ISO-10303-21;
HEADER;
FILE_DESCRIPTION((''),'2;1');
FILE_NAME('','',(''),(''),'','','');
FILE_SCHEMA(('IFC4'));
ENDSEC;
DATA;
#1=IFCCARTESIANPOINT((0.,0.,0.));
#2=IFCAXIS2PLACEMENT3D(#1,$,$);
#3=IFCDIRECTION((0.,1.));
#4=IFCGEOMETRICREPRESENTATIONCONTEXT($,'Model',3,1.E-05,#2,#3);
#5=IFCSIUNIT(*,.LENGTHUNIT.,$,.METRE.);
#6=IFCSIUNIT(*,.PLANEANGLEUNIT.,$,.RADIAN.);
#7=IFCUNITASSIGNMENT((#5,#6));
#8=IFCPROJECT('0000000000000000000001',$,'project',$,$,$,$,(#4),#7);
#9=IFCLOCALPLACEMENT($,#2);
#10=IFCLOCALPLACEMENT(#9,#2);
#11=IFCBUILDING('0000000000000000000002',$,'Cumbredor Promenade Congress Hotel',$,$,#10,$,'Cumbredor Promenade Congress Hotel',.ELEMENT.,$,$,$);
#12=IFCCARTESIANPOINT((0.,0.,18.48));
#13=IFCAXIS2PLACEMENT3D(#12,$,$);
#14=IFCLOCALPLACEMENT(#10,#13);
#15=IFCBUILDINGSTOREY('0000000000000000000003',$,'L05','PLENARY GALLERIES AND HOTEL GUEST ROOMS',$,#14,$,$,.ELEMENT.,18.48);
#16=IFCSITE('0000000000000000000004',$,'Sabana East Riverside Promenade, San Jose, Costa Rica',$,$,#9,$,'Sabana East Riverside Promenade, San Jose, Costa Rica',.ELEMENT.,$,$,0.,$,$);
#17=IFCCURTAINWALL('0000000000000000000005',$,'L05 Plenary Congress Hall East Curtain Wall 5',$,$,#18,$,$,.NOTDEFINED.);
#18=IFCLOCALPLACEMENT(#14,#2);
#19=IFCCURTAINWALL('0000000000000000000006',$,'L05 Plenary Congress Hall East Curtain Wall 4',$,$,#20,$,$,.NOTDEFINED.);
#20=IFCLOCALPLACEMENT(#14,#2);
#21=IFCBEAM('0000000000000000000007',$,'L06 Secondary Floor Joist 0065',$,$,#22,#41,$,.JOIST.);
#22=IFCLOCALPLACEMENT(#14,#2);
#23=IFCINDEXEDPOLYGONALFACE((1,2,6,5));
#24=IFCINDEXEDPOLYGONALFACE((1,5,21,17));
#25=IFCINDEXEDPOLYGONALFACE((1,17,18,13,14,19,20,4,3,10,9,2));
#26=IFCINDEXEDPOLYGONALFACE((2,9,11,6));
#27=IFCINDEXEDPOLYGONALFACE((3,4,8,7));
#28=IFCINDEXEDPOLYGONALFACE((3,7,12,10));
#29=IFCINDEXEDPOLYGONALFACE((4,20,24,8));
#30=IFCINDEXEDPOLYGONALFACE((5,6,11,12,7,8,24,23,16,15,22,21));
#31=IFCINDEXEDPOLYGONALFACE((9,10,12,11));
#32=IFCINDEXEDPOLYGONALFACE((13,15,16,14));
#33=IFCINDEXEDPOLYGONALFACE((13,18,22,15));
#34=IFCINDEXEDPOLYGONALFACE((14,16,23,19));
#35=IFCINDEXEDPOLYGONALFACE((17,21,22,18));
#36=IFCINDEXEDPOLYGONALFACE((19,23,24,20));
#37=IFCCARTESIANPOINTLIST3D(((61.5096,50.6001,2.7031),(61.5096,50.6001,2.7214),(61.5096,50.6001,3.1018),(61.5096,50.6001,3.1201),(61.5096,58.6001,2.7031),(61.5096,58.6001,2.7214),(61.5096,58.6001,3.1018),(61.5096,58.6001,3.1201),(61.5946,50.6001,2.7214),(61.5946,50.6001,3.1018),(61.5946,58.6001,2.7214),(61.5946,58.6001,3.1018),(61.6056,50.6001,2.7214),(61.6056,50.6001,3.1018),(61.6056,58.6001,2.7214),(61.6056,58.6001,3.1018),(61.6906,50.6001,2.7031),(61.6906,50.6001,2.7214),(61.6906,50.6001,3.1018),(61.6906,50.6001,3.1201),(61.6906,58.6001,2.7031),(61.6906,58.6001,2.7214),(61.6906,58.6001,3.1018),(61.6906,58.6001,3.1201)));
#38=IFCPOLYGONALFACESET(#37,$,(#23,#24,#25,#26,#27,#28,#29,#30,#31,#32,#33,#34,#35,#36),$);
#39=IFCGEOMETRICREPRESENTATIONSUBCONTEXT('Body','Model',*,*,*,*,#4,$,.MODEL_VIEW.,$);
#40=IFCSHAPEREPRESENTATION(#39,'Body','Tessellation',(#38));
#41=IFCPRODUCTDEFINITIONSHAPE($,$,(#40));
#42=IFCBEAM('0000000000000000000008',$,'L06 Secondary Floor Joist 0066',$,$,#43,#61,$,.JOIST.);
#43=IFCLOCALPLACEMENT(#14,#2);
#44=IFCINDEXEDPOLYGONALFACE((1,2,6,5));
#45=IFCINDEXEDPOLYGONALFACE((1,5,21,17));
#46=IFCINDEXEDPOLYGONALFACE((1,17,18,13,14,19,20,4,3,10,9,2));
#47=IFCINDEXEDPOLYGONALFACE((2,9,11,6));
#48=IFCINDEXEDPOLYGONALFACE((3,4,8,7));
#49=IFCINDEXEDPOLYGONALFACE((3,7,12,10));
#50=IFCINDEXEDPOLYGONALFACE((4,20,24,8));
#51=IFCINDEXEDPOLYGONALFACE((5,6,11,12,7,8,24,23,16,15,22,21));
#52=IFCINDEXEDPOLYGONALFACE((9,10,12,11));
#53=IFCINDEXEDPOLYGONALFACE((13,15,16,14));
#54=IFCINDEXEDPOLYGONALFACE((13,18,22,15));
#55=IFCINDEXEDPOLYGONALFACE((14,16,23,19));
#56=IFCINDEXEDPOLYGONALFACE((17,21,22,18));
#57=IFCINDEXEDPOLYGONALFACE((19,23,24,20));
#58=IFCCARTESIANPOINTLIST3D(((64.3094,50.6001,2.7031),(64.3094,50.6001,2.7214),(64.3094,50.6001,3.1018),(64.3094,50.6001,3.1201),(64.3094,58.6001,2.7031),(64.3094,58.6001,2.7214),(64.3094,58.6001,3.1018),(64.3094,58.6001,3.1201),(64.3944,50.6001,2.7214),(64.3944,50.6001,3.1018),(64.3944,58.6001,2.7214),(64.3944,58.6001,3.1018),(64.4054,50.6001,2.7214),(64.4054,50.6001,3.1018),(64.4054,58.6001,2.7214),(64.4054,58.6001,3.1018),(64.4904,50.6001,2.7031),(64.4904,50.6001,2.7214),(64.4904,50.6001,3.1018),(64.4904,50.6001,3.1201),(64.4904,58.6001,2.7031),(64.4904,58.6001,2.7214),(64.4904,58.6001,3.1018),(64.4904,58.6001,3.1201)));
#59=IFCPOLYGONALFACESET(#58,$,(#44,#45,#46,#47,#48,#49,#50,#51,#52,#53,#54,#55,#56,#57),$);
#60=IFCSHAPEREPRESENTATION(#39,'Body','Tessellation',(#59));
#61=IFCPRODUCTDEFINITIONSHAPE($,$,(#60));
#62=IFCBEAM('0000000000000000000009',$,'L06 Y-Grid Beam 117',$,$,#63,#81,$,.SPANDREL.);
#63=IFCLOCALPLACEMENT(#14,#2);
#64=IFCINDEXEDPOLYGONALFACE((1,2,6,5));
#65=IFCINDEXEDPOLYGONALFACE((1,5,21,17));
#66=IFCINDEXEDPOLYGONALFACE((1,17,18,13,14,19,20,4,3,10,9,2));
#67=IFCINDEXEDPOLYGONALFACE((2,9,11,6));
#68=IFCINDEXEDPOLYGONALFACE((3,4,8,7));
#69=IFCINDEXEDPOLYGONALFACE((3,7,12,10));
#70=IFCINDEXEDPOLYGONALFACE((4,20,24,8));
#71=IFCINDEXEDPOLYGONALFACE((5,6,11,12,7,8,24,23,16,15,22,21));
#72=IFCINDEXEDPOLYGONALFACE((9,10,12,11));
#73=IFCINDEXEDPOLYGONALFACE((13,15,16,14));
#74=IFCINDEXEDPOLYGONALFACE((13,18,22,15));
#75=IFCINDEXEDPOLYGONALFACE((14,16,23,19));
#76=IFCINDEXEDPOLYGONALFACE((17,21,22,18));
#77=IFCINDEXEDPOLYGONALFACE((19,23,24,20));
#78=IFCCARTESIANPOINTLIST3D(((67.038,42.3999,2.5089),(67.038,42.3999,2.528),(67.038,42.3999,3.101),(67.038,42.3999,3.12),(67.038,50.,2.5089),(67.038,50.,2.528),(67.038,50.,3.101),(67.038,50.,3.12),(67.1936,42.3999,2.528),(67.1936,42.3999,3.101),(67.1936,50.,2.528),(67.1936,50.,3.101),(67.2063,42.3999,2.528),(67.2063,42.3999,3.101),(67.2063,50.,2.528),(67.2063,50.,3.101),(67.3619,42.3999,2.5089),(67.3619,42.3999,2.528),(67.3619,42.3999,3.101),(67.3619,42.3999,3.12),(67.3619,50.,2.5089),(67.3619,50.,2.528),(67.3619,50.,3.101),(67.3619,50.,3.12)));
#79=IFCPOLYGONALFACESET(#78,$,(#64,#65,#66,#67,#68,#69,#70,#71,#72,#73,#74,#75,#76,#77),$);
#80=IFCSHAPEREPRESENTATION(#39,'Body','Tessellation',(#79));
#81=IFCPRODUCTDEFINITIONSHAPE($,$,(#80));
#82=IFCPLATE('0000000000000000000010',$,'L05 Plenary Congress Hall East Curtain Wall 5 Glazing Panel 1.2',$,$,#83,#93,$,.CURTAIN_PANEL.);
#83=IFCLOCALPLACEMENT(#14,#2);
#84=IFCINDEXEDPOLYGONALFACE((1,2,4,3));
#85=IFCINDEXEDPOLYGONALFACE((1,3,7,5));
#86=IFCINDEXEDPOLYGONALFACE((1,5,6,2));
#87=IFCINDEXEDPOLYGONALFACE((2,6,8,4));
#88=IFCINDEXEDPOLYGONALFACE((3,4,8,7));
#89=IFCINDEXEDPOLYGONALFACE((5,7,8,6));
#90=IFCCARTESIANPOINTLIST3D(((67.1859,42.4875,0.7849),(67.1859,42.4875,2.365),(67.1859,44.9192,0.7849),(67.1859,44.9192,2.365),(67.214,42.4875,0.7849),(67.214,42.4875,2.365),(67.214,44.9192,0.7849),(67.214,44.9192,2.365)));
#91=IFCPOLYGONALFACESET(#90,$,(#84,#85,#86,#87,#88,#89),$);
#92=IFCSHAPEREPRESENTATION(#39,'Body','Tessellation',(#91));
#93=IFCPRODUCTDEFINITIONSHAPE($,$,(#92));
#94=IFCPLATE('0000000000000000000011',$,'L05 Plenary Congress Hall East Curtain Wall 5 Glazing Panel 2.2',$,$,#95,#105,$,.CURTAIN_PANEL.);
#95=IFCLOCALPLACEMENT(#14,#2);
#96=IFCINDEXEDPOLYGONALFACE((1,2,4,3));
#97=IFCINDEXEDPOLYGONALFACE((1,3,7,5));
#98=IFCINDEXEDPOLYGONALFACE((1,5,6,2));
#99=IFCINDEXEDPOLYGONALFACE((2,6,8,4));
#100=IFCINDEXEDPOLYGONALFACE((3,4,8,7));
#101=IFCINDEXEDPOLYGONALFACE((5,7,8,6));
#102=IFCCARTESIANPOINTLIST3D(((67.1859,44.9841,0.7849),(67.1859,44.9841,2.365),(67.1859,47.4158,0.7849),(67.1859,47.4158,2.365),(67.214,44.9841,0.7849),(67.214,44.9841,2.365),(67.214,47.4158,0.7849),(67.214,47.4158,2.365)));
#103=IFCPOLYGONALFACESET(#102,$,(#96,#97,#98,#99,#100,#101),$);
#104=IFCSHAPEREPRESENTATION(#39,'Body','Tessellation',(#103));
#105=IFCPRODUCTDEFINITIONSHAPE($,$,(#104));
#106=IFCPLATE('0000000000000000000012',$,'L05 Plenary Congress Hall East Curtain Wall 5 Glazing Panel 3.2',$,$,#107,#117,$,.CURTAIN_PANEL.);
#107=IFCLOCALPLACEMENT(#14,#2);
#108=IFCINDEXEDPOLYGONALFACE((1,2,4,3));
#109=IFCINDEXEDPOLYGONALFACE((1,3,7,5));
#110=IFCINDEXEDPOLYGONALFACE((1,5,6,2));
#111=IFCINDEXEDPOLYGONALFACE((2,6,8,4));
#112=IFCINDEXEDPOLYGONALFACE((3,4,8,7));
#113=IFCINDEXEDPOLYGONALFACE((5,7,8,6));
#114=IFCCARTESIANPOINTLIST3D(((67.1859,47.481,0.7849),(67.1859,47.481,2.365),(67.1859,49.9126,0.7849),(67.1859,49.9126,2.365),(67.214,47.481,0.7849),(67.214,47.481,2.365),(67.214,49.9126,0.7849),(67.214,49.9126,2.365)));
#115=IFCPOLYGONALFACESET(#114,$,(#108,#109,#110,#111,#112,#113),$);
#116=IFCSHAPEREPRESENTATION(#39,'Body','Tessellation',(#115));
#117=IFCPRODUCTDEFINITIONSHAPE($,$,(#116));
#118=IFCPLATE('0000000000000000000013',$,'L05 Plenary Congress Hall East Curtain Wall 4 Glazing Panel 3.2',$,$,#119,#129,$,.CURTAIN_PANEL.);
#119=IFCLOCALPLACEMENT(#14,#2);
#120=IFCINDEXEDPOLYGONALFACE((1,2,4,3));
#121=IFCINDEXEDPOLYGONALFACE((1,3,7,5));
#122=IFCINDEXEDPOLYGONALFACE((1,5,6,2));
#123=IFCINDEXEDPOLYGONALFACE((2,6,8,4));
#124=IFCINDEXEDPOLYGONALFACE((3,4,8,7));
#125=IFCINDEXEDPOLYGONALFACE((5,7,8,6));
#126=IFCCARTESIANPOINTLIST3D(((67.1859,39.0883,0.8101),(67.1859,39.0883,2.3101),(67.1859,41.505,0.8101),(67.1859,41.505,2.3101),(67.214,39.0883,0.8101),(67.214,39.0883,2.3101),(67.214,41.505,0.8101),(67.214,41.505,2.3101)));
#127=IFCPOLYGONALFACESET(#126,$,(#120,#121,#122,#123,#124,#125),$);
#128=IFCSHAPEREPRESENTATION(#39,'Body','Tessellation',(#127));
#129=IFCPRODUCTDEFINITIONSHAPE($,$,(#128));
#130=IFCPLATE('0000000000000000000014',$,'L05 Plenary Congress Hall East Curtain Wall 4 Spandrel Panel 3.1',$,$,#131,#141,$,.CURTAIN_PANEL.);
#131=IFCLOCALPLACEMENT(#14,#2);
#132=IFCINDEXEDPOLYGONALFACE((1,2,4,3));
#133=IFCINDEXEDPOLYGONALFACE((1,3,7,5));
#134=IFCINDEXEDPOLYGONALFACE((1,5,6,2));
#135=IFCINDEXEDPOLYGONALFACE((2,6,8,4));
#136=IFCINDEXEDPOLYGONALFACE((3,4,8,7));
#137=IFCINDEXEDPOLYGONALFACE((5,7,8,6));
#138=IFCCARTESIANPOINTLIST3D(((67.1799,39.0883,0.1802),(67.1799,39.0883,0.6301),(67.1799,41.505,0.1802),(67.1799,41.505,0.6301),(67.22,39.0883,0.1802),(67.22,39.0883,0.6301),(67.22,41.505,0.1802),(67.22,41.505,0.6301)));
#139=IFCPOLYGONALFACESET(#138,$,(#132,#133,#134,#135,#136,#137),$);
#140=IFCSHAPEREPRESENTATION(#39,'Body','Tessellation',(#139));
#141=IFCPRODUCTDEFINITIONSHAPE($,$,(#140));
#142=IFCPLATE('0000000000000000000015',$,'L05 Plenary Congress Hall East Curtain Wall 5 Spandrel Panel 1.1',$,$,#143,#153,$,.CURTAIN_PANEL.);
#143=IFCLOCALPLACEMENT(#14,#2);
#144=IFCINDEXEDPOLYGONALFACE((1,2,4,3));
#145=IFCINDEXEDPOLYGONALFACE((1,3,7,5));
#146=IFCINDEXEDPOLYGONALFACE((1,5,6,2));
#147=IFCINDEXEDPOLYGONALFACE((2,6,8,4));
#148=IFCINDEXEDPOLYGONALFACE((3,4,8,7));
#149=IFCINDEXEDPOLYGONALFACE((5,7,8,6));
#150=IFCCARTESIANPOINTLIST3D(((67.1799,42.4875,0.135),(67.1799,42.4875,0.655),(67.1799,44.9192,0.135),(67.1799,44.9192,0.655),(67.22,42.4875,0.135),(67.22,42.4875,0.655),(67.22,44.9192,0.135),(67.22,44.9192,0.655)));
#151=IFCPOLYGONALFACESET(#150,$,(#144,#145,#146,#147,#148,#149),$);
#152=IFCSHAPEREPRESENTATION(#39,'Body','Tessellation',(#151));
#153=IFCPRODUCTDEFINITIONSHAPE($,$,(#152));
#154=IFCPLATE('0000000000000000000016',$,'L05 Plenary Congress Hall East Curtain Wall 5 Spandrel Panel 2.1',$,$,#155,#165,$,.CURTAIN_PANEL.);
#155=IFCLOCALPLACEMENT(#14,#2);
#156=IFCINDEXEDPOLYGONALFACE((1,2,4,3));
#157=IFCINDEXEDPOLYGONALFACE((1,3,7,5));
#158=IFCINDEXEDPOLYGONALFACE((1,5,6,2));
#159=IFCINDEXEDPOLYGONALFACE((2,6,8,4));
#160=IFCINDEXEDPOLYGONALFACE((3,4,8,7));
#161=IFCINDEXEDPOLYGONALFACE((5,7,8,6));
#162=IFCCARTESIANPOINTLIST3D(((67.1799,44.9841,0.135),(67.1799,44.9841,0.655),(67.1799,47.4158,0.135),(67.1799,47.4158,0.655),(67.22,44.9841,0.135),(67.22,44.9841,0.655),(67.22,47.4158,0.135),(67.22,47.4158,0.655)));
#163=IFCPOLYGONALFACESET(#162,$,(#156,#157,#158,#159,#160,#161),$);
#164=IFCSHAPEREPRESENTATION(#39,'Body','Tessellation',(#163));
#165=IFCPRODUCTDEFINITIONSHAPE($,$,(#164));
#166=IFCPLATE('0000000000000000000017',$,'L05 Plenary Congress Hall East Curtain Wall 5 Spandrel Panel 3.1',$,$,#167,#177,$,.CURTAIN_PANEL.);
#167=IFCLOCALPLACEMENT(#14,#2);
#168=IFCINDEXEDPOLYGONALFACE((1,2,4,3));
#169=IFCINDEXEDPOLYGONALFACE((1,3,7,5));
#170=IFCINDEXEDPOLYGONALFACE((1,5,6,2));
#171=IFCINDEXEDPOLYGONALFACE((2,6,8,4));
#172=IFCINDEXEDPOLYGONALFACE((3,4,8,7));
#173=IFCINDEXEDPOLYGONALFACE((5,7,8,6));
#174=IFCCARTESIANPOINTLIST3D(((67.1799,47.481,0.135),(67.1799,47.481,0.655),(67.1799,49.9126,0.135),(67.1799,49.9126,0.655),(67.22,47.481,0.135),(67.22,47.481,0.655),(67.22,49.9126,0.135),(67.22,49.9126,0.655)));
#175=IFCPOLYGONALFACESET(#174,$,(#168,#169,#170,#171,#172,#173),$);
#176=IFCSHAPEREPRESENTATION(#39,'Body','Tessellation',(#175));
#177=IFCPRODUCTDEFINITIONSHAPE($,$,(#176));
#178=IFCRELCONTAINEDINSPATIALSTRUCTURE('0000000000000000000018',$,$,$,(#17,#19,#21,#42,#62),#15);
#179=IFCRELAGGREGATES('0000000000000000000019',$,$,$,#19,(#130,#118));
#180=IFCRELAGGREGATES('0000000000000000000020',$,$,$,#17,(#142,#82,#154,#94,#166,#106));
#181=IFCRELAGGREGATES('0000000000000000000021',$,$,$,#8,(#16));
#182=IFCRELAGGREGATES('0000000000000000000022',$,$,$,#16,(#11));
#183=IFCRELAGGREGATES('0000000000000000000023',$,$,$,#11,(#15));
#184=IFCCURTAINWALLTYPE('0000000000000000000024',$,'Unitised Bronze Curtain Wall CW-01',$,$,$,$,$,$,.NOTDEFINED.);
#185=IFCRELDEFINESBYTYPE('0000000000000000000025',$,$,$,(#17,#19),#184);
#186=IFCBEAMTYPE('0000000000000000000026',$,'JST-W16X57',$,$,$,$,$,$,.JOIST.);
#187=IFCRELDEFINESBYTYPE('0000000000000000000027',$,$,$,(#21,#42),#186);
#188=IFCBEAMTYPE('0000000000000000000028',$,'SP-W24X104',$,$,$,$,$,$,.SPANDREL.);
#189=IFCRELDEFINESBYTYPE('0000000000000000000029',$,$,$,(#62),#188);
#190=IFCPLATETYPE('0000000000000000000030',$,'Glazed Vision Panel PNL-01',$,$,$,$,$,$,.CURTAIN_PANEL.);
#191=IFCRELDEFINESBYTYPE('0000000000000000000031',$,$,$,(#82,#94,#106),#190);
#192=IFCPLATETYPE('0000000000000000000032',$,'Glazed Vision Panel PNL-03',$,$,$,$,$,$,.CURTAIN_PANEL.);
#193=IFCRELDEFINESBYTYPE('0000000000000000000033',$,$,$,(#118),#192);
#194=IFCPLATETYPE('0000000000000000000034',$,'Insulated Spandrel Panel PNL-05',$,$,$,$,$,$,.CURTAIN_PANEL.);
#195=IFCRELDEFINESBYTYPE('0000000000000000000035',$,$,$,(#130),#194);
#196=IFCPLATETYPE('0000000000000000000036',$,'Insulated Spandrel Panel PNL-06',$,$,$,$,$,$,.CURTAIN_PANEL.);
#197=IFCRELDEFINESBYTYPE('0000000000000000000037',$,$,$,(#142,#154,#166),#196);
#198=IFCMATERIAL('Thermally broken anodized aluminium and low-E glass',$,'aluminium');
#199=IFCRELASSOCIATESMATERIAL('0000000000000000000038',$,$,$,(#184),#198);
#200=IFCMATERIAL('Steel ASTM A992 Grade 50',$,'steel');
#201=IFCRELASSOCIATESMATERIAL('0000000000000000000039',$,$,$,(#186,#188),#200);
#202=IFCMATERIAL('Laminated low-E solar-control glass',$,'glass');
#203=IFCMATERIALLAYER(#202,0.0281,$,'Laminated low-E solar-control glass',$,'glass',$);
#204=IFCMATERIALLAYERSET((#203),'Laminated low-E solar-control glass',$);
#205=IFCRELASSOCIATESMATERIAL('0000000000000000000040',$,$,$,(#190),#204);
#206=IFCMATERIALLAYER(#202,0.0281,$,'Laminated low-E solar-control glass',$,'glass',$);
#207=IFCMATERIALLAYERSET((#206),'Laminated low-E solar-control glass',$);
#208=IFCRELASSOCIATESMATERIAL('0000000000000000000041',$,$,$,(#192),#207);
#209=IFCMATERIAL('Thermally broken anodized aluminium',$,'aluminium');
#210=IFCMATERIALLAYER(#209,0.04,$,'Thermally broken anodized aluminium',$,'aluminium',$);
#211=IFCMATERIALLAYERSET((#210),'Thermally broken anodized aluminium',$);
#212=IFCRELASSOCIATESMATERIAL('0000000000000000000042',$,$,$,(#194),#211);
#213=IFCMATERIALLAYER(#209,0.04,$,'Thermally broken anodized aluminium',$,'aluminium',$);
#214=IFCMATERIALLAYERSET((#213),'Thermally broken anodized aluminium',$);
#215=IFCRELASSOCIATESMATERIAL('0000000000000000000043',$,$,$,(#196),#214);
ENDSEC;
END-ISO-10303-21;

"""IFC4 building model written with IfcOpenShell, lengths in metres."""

from ifc_helpers import new_model, si_unit, direction, frame, origin, origin_2d, place, context, subcontext, project, spatial, rectangle, i_section, extrude, material, layer, layer_set, material_profile, profile_set, type_object, element, aggregate, save


model = new_model("IFC4")

# Units and contexts
model_context = context("Model", 3, precision=1e-05, world=origin(), true_north=direction((0.0, 1.0)))
body_context = subcontext(model_context, "Body", "Model", "MODEL_VIEW")
ifc_project = project(units=[si_unit("LENGTHUNIT", "METRE"), si_unit("PLANEANGLEUNIT", "RADIAN")], contexts=[model_context])

# Site, building, storey
site_placement = place(None, origin())
site = spatial("IfcSite", under=ifc_project, at=site_placement, Name="Sabana East Riverside Promenade, San Jose, Costa Rica", LongName="Sabana East Riverside Promenade, San Jose, Costa Rica", CompositionType="ELEMENT", RefElevation=0.0)
building_placement = place(site_placement, origin())
building = spatial("IfcBuilding", under=site, at=building_placement, Name="Cumbredor Promenade Congress Hotel", LongName="Cumbredor Promenade Congress Hotel", CompositionType="ELEMENT")
storey_placement = place(building_placement, frame((0.0, 0.0, 18.48)))
storey = spatial("IfcBuildingStorey", under=building, at=storey_placement, Name="L05", Description="PLENARY GALLERIES AND HOTEL GUEST ROOMS", CompositionType="ELEMENT", Elevation=18.48)

# Curtain walls
ifc_material_1 = material(Name="Thermally broken anodized aluminium and low-E glass", Category="aluminium")
curtain_wall_type = type_object("IfcCurtainWallType", Name="Unitised Bronze Curtain Wall CW-01", PredefinedType="NOTDEFINED", material=ifc_material_1)
curtain_wall_1_placement = place(storey_placement, origin())
curtain_wall_1 = element("IfcCurtainWall", 1, at=curtain_wall_1_placement, inside=storey, type_object=curtain_wall_type, Name="L05 Plenary Congress Hall East Curtain Wall 5", PredefinedType="NOTDEFINED")
ifc_material_2 = material(Name="Thermally broken anodized aluminium", Category="aluminium")
curtain_wall_2_placement = place(storey_placement, origin())
curtain_wall_2 = element("IfcCurtainWall", 2, at=curtain_wall_2_placement, inside=storey, type_object=curtain_wall_type, Name="L05 Plenary Congress Hall East Curtain Wall 4", PredefinedType="NOTDEFINED")

# Beams
ifc_material_3 = material(Name="Steel ASTM A992 Grade 50", Category="steel")
ifc_material_profile_1 = material_profile(ifc_material_3, i_section(OverallWidth=0.1809, OverallDepth=0.417, WebThickness=0.011, FlangeThickness=0.0183, at=origin_2d()), Name="W16X57")
ifc_profile_set_1 = profile_set([ifc_material_profile_1], Name="Steel ASTM A992 Grade 50")
beam_type_1 = type_object("IfcBeamType", Name="JST-W16X57", PredefinedType="JOIST", material=ifc_profile_set_1)
for number, where, z_axis, x_axis, name in (
    (3, (61.6001, 50.6001, 2.9116), (0.0, 1.0, 0.0), (-1.0, 0.0, 0.0), "L06 Secondary Floor Joist 0065"),
    (4, (64.3999, 50.6001, 2.9116), (0.0, 1.0, 0.0), (-1.0, 0.0, 0.0), "L06 Secondary Floor Joist 0066"),
):
    element("IfcBeam", number, at=place(storey_placement, frame(where, z_axis=z_axis, x_axis=x_axis)), inside=storey, type_object=beam_type_1, Name=name, PredefinedType="JOIST", context=body_context, shape_type="SweptSolid", body=[
        extrude(i_section(OverallWidth=0.1809, OverallDepth=0.417, WebThickness=0.011, FlangeThickness=0.0183, at=origin_2d()), origin(), (0.0, 0.0, 1.0), 8.0),
    ])
ifc_material_profile_2 = material_profile(ifc_material_3, i_section(OverallWidth=0.324, OverallDepth=0.6111, WebThickness=0.0127, FlangeThickness=0.019, at=origin_2d()), Name="W24X104")
ifc_profile_set_2 = profile_set([ifc_material_profile_2], Name="Steel ASTM A992 Grade 50")
beam_type_2 = type_object("IfcBeamType", Name="SP-W24X104", PredefinedType="SPANDREL", material=ifc_profile_set_2)
beam_placement = place(storey_placement, frame((67.2, 42.3999, 2.8145), z_axis=(0.0, 1.0, 0.0), x_axis=(-1.0, 0.0, 0.0)))
element("IfcBeam", 5, at=beam_placement, inside=storey, type_object=beam_type_2, Name="L06 Y-Grid Beam 117", PredefinedType="SPANDREL", context=body_context, shape_type="SweptSolid", body=[
    extrude(i_section(OverallWidth=0.324, OverallDepth=0.6111, WebThickness=0.0127, FlangeThickness=0.019, at=origin_2d()), origin(), (0.0, 0.0, 1.0), 7.6001),
])

# Plates
ifc_material_4 = material(Name="Laminated low-E solar-control glass", Category="glass")
ifc_layer_1 = layer(ifc_material_4, 0.0281, Name="Laminated low-E solar-control glass", Category="glass")
ifc_layer_set_1 = layer_set([ifc_layer_1], Name="Laminated low-E solar-control glass")
plate_type_1 = type_object("IfcPlateType", Name="Glazed Vision Panel PNL-01", PredefinedType="CURTAIN_PANEL", material=ifc_layer_set_1)
plate_1_placement = place(storey_placement, frame((67.2, 43.7034, 0.7849), z_axis=(0.0, 0.0, 1.0), x_axis=(0.0, 1.0, 0.0)))
plate_1 = element("IfcPlate", 6, at=plate_1_placement, type_object=plate_type_1, Name="L05 Plenary Congress Hall East Curtain Wall 5 Glazing Panel 1.2", PredefinedType="CURTAIN_PANEL", context=body_context, shape_type="SweptSolid", body=[
    extrude(rectangle(XDim=2.4316, YDim=0.0281, at=origin_2d()), origin(), (0.0, 0.0, 1.0), 1.5801),
])
plate_2_placement = place(storey_placement, frame((67.2, 46.2, 0.7849), z_axis=(0.0, 0.0, 1.0), x_axis=(0.0, 1.0, 0.0)))
plate_2 = element("IfcPlate", 7, at=plate_2_placement, type_object=plate_type_1, Name="L05 Plenary Congress Hall East Curtain Wall 5 Glazing Panel 2.2", PredefinedType="CURTAIN_PANEL", context=body_context, shape_type="SweptSolid", body=[
    extrude(rectangle(XDim=2.4316, YDim=0.0281, at=origin_2d()), origin(), (0.0, 0.0, 1.0), 1.5801),
])
plate_3_placement = place(storey_placement, frame((67.2, 48.6968, 0.7849), z_axis=(0.0, 0.0, 1.0), x_axis=(0.0, 1.0, 0.0)))
plate_3 = element("IfcPlate", 8, at=plate_3_placement, type_object=plate_type_1, Name="L05 Plenary Congress Hall East Curtain Wall 5 Glazing Panel 3.2", PredefinedType="CURTAIN_PANEL", context=body_context, shape_type="SweptSolid", body=[
    extrude(rectangle(XDim=2.4316, YDim=0.0281, at=origin_2d()), origin(), (0.0, 0.0, 1.0), 1.5801),
])
ifc_layer_2 = layer(ifc_material_4, 0.0281, Name="Laminated low-E solar-control glass", Category="glass")
ifc_layer_set_2 = layer_set([ifc_layer_2], Name="Laminated low-E solar-control glass")
plate_type_2 = type_object("IfcPlateType", Name="Glazed Vision Panel PNL-03", PredefinedType="CURTAIN_PANEL", material=ifc_layer_set_2)
plate_4_placement = place(storey_placement, frame((67.2, 40.2966, 0.8101), z_axis=(0.0, 0.0, 1.0), x_axis=(0.0, 1.0, 0.0)))
plate_4 = element("IfcPlate", 9, at=plate_4_placement, type_object=plate_type_2, Name="L05 Plenary Congress Hall East Curtain Wall 4 Glazing Panel 3.2", PredefinedType="CURTAIN_PANEL", context=body_context, shape_type="SweptSolid", body=[
    extrude(rectangle(XDim=2.4167, YDim=0.0281, at=origin_2d()), origin(), (0.0, 0.0, 1.0), 1.5),
])
ifc_layer_3 = layer(ifc_material_2, 0.04, Name="Thermally broken anodized aluminium", Category="aluminium")
ifc_layer_set_3 = layer_set([ifc_layer_3], Name="Thermally broken anodized aluminium")
plate_type_3 = type_object("IfcPlateType", Name="Insulated Spandrel Panel PNL-05", PredefinedType="CURTAIN_PANEL", material=ifc_layer_set_3)
plate_5_placement = place(storey_placement, frame((67.2, 40.2966, 0.1802), z_axis=(0.0, 0.0, 1.0), x_axis=(0.0, 1.0, 0.0)))
plate_5 = element("IfcPlate", 10, at=plate_5_placement, type_object=plate_type_3, Name="L05 Plenary Congress Hall East Curtain Wall 4 Spandrel Panel 3.1", PredefinedType="CURTAIN_PANEL", context=body_context, shape_type="SweptSolid", body=[
    extrude(rectangle(XDim=2.4167, YDim=0.04, at=origin_2d()), origin(), (0.0, 0.0, 1.0), 0.45),
])
aggregate(curtain_wall_2, [plate_5, plate_4])
ifc_layer_4 = layer(ifc_material_2, 0.04, Name="Thermally broken anodized aluminium", Category="aluminium")
ifc_layer_set_4 = layer_set([ifc_layer_4], Name="Thermally broken anodized aluminium")
plate_type_4 = type_object("IfcPlateType", Name="Insulated Spandrel Panel PNL-06", PredefinedType="CURTAIN_PANEL", material=ifc_layer_set_4)
plate_6_placement = place(storey_placement, frame((67.2, 43.7034, 0.135), z_axis=(0.0, 0.0, 1.0), x_axis=(0.0, 1.0, 0.0)))
plate_6 = element("IfcPlate", 11, at=plate_6_placement, type_object=plate_type_4, Name="L05 Plenary Congress Hall East Curtain Wall 5 Spandrel Panel 1.1", PredefinedType="CURTAIN_PANEL", context=body_context, shape_type="SweptSolid", body=[
    extrude(rectangle(XDim=2.4316, YDim=0.04, at=origin_2d()), origin(), (0.0, 0.0, 1.0), 0.52),
])
plate_7_placement = place(storey_placement, frame((67.2, 46.2, 0.135), z_axis=(0.0, 0.0, 1.0), x_axis=(0.0, 1.0, 0.0)))
plate_7 = element("IfcPlate", 12, at=plate_7_placement, type_object=plate_type_4, Name="L05 Plenary Congress Hall East Curtain Wall 5 Spandrel Panel 2.1", PredefinedType="CURTAIN_PANEL", context=body_context, shape_type="SweptSolid", body=[
    extrude(rectangle(XDim=2.4316, YDim=0.04, at=origin_2d()), origin(), (0.0, 0.0, 1.0), 0.52),
])
plate_8_placement = place(storey_placement, frame((67.2, 48.6968, 0.135), z_axis=(0.0, 0.0, 1.0), x_axis=(0.0, 1.0, 0.0)))
plate_8 = element("IfcPlate", 13, at=plate_8_placement, type_object=plate_type_4, Name="L05 Plenary Congress Hall East Curtain Wall 5 Spandrel Panel 3.1", PredefinedType="CURTAIN_PANEL", context=body_context, shape_type="SweptSolid", body=[
    extrude(rectangle(XDim=2.4316, YDim=0.04, at=origin_2d()), origin(), (0.0, 0.0, 1.0), 0.52),
])
aggregate(curtain_wall_1, [plate_6, plate_1, plate_7, plate_2, plate_8, plate_3])

save(model, "model.ifc")
